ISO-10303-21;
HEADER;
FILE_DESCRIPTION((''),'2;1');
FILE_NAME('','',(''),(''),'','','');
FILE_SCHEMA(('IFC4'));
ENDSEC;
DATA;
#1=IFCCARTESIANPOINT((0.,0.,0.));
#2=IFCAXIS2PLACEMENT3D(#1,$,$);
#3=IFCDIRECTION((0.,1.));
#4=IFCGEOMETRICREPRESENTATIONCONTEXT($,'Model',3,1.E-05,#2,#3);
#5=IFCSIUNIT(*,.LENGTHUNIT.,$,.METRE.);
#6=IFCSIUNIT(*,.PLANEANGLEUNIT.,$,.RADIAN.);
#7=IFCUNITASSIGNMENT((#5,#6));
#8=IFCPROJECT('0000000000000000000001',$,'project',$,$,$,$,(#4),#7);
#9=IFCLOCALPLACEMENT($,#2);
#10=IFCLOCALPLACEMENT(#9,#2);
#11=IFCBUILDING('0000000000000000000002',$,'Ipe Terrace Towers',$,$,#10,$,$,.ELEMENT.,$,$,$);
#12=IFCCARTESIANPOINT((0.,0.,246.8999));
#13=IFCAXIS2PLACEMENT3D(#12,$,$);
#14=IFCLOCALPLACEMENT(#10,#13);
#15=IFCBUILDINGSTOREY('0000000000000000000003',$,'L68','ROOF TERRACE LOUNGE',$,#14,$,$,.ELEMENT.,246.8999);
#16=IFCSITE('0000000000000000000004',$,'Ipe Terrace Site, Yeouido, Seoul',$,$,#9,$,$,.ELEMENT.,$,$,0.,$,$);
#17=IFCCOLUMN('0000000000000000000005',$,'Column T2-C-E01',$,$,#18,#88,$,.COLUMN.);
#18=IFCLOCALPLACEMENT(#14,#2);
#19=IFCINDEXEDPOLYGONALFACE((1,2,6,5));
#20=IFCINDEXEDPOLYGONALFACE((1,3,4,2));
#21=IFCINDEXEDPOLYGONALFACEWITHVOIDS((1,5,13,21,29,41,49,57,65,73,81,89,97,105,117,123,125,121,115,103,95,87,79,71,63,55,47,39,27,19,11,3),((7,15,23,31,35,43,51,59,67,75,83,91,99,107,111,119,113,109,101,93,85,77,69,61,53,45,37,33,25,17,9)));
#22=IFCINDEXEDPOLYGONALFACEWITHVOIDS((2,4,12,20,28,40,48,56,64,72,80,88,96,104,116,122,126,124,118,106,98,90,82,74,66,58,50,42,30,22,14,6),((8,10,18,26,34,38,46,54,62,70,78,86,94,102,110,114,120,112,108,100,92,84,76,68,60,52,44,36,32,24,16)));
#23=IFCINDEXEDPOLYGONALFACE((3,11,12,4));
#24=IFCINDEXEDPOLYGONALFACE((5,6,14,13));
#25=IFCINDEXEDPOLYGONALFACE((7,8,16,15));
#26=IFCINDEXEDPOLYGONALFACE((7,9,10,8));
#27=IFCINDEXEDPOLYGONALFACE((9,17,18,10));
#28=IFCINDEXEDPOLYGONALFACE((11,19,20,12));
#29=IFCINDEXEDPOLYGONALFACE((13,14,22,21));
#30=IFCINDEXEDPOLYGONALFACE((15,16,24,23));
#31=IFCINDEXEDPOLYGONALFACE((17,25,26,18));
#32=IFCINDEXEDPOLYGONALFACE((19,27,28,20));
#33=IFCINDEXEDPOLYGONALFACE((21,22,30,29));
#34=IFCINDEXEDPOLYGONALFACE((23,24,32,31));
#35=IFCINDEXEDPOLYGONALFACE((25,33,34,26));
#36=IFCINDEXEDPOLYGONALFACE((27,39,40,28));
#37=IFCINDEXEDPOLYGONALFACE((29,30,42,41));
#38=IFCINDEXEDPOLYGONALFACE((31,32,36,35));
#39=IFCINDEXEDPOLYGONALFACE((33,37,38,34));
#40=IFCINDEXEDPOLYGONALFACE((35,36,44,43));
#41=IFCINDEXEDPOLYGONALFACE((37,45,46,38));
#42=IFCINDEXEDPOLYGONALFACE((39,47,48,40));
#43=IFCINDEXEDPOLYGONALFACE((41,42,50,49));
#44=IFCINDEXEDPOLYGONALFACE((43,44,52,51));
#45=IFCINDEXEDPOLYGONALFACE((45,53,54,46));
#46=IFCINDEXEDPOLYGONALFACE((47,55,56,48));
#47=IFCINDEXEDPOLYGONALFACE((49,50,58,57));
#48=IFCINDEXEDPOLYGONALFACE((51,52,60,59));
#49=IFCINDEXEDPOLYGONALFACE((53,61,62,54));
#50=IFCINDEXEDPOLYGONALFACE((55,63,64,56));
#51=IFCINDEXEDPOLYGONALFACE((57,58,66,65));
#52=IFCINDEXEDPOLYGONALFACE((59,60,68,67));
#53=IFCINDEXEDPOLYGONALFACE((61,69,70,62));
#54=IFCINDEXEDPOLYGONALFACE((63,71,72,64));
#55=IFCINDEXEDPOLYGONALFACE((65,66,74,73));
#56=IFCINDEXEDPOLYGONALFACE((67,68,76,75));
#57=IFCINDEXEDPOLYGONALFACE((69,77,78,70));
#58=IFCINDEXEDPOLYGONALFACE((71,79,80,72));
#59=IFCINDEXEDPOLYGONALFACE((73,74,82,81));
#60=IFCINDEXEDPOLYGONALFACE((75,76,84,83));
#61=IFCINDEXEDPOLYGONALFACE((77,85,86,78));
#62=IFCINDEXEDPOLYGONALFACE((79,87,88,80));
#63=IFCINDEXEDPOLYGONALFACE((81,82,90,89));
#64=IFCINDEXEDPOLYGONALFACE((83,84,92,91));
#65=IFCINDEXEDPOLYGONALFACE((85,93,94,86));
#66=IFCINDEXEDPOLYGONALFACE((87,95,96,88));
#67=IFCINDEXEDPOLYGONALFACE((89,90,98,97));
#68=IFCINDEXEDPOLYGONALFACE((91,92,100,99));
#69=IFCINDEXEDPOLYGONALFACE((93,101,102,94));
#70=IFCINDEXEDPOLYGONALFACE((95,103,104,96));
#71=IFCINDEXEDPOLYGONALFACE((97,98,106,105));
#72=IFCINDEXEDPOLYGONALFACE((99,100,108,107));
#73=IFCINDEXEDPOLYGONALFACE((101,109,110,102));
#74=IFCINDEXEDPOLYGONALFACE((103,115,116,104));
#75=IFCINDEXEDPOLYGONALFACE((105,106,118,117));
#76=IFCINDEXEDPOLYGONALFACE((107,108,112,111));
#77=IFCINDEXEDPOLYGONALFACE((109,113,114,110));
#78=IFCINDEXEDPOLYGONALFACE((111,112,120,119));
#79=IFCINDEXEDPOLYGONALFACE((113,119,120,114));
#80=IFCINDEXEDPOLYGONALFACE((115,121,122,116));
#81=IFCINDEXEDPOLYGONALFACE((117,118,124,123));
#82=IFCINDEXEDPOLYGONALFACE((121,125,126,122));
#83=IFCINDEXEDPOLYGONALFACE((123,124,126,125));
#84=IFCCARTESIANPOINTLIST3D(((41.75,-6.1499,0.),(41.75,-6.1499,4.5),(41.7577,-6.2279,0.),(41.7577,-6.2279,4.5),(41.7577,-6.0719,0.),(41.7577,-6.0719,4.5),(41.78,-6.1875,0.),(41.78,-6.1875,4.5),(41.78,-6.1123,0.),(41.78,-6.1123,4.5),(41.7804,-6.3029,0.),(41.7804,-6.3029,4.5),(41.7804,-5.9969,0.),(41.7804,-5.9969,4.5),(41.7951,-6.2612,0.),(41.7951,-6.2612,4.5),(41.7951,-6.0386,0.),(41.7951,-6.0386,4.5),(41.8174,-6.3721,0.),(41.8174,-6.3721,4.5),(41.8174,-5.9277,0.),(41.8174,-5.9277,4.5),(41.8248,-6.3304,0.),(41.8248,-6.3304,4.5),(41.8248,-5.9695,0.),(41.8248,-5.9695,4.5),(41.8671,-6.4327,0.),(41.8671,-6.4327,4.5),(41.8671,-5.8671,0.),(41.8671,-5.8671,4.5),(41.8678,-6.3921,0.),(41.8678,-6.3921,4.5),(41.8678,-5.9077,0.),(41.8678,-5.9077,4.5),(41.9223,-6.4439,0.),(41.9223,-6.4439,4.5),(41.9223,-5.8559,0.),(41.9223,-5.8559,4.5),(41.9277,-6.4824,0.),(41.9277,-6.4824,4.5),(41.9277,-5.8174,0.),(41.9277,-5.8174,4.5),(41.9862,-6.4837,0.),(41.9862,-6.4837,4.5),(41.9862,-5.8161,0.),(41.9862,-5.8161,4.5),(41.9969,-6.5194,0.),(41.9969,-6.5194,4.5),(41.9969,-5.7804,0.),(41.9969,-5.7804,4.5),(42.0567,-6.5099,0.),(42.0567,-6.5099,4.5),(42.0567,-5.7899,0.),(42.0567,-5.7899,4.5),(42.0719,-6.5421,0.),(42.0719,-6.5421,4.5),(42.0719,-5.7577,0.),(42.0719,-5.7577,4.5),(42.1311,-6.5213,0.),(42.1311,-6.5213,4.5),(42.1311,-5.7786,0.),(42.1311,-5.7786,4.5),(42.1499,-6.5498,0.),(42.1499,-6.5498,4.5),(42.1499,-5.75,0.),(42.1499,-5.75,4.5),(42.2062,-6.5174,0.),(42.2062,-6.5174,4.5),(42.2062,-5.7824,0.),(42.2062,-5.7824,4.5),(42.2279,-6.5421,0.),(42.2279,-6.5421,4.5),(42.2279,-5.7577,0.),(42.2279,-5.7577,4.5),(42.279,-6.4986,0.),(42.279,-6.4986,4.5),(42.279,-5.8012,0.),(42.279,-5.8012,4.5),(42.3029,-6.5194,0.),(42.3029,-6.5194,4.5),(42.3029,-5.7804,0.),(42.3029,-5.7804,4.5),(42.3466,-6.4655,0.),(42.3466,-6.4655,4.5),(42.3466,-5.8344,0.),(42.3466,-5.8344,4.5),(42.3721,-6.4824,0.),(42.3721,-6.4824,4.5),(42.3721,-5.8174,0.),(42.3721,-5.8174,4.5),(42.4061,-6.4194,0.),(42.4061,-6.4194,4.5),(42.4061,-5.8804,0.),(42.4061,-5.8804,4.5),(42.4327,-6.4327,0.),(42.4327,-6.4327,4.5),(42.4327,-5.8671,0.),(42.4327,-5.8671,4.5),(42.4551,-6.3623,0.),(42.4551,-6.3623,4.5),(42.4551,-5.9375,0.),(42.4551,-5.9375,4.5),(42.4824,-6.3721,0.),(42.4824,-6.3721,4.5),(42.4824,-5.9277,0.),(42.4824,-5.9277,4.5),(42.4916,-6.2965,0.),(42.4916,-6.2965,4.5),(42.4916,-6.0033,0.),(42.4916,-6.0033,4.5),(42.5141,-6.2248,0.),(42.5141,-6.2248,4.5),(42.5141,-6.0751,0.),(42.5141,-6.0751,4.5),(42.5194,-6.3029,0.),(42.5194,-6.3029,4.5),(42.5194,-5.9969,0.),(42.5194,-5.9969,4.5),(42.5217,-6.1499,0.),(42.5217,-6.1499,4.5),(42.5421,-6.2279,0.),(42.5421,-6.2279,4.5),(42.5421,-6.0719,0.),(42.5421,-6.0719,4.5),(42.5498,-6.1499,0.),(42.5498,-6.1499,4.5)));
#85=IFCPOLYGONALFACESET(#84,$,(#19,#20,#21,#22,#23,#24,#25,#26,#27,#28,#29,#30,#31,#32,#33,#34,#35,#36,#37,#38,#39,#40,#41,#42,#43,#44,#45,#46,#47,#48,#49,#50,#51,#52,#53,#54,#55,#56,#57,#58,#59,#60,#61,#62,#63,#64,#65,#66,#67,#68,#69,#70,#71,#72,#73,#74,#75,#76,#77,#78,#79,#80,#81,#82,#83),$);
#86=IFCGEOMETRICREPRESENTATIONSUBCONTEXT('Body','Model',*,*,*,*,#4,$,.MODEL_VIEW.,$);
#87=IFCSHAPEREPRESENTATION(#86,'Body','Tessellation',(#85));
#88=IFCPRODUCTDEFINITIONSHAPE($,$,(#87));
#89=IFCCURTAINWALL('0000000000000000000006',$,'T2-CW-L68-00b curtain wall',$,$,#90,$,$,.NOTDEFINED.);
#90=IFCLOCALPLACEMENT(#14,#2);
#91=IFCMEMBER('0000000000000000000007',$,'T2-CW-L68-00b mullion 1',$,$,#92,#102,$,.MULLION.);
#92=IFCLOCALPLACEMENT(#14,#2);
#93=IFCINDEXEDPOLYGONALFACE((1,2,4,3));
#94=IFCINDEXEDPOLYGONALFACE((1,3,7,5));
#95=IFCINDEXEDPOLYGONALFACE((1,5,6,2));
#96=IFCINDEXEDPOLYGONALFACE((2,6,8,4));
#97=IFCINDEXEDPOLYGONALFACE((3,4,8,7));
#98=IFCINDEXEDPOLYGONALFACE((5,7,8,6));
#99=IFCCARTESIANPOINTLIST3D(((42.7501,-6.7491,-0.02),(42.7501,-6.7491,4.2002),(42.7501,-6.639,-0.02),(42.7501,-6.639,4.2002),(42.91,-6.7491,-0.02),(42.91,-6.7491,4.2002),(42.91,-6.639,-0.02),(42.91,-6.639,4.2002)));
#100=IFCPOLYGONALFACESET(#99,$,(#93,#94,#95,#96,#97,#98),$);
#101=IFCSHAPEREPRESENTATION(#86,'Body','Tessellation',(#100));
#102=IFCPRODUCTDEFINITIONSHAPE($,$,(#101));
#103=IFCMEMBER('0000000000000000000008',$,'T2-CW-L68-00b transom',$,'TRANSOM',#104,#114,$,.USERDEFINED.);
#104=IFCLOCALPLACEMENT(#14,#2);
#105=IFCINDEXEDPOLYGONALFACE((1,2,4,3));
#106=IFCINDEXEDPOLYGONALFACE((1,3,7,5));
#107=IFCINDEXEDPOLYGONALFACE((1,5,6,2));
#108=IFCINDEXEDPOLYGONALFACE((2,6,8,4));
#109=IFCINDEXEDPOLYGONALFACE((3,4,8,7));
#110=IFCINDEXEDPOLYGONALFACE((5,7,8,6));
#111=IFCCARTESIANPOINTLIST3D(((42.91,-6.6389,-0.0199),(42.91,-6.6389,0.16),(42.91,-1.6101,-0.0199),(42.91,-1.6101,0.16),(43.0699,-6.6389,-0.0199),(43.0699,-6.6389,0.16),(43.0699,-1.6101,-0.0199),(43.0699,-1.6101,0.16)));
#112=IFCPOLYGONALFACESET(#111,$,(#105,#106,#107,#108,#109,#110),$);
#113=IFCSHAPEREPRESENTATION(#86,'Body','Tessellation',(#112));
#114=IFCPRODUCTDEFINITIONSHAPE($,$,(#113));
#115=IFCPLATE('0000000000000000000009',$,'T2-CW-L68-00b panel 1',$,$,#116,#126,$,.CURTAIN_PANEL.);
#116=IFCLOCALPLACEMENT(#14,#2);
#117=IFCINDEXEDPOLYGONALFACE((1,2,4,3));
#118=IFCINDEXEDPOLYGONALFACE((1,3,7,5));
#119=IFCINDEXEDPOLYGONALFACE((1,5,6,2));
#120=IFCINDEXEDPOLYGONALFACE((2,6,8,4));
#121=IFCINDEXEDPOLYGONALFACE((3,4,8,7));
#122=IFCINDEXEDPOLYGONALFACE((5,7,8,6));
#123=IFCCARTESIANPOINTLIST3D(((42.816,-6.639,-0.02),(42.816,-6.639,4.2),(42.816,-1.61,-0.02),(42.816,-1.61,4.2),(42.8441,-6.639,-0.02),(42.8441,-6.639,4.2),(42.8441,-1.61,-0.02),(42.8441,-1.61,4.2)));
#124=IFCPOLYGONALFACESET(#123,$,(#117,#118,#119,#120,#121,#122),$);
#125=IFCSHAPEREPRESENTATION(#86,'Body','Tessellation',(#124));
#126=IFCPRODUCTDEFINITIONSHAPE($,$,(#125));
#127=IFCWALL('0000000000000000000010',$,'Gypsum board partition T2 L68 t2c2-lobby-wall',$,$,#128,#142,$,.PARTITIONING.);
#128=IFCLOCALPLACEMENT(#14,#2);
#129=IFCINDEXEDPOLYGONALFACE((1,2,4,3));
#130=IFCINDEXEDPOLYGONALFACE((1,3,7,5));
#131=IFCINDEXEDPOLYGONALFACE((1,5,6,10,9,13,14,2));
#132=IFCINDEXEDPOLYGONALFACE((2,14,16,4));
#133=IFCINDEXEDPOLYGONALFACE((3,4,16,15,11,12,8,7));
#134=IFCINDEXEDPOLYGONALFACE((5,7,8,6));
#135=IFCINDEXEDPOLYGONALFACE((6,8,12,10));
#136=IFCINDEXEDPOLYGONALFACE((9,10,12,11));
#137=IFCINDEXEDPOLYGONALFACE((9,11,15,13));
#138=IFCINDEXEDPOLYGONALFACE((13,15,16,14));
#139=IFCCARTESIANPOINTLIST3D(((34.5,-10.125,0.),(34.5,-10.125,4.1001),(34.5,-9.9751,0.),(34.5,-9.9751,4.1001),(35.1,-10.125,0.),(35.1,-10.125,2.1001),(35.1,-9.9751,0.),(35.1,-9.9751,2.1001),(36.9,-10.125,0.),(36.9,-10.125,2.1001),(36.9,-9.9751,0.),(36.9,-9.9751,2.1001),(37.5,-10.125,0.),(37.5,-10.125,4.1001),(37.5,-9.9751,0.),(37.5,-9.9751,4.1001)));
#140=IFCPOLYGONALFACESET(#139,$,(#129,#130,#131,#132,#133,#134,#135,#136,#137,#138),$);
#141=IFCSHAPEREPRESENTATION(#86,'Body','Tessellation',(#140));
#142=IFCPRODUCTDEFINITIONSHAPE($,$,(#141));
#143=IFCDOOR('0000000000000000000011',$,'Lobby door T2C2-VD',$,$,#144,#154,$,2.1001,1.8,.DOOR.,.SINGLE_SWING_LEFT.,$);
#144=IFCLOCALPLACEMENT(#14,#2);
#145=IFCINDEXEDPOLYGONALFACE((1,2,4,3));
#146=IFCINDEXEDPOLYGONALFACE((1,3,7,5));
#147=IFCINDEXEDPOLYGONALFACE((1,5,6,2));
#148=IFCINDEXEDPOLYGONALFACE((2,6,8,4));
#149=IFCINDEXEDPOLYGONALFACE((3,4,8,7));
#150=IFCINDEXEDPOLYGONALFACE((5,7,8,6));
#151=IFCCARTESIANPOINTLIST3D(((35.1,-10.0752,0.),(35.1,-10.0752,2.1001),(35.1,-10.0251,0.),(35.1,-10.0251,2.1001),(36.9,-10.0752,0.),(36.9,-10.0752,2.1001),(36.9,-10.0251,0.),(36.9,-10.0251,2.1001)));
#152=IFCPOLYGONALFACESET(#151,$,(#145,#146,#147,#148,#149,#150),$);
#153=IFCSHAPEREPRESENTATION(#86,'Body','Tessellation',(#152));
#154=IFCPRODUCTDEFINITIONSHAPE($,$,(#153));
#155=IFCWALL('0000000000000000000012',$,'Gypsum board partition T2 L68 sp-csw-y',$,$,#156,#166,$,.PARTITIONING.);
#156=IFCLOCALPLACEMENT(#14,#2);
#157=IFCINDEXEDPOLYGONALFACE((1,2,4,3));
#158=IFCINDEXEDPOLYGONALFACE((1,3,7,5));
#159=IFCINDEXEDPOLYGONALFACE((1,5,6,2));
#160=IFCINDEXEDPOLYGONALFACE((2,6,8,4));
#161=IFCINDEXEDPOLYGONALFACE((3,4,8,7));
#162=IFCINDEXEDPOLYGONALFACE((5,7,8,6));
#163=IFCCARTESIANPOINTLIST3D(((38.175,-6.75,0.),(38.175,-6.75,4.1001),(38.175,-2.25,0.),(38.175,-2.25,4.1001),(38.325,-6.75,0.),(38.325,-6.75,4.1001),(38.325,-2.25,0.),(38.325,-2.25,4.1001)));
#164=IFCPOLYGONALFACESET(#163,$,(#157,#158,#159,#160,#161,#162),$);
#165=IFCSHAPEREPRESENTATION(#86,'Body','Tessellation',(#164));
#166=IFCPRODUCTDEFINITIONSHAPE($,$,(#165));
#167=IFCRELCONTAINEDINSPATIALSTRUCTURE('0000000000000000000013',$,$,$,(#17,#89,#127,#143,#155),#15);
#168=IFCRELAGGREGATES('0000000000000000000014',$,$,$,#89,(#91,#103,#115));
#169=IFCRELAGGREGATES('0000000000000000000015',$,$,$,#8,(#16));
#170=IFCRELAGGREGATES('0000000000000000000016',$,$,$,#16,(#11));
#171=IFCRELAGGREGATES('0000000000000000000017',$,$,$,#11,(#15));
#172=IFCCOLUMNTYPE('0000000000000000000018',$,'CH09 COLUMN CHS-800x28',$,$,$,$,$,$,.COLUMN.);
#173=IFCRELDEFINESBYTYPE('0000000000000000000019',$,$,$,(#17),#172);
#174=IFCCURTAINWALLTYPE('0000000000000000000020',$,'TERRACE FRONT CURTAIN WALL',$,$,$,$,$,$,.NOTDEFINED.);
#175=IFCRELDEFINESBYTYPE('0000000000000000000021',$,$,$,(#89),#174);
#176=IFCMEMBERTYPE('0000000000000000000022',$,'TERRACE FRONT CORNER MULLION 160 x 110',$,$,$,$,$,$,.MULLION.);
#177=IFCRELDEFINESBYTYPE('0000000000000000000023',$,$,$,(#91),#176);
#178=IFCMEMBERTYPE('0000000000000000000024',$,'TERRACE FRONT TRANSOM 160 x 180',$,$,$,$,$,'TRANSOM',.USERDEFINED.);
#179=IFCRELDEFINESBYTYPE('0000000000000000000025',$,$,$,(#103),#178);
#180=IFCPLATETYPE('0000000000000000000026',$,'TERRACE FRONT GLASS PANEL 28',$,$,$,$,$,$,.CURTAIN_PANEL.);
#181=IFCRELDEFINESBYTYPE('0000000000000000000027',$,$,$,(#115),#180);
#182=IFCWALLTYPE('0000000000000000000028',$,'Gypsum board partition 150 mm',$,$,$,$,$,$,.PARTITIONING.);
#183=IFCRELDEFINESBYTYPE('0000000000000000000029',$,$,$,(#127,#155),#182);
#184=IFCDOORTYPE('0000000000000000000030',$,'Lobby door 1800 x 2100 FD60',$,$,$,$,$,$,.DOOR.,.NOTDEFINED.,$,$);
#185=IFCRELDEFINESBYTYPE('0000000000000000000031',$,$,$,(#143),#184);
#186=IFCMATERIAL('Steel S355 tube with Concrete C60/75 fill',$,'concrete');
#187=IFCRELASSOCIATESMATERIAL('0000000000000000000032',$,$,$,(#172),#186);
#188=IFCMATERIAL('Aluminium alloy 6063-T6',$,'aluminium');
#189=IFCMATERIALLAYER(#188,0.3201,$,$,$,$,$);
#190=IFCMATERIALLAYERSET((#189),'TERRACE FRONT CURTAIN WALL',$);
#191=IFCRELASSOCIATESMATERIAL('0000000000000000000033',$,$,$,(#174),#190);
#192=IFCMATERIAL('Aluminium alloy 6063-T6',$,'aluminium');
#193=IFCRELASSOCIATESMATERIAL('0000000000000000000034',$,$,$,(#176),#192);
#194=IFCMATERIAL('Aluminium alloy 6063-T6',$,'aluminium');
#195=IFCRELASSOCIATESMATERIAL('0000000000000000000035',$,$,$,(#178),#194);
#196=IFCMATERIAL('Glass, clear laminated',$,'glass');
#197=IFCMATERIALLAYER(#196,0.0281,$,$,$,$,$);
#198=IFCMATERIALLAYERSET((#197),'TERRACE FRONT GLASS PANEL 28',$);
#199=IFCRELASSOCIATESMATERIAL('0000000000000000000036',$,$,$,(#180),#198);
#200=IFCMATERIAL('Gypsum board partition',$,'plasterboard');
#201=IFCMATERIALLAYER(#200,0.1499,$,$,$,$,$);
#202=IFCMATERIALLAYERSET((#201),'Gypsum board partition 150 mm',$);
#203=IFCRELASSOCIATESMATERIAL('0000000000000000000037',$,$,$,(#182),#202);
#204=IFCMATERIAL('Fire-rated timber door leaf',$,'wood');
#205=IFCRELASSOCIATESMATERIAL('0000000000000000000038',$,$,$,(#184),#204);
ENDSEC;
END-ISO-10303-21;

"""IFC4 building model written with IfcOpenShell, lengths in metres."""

from ifc_helpers import new_model, si_unit, direction, frame, frame_2d, origin, origin_2d, place, context, subcontext, project, spatial, rectangle, hollow_circle, extrude, material, layer, layer_set, material_profile, profile_set, type_object, element, fill, aggregate, save


model = new_model("IFC4")

# Units and contexts
model_context = context("Model", 3, precision=1e-05, world=origin(), true_north=direction((0.0, 1.0)))
body_context = subcontext(model_context, "Body", "Model", "MODEL_VIEW")
ifc_project = project(units=[si_unit("LENGTHUNIT", "METRE"), si_unit("PLANEANGLEUNIT", "RADIAN")], contexts=[model_context])

# Site, building, storey
site_placement = place(None, origin())
site = spatial("IfcSite", under=ifc_project, at=site_placement, Name="Ipe Terrace Site, Yeouido, Seoul", CompositionType="ELEMENT", RefElevation=0.0)
building_placement = place(site_placement, origin())
building = spatial("IfcBuilding", under=site, at=building_placement, Name="Ipe Terrace Towers", CompositionType="ELEMENT")
storey_placement = place(building_placement, frame((0.0, 0.0, 246.8999)))
storey = spatial("IfcBuildingStorey", under=building, at=storey_placement, Name="L68", Description="ROOF TERRACE LOUNGE", CompositionType="ELEMENT", Elevation=246.8999)

# Column
ifc_material_1 = material(Name="Steel S355 tube with Concrete C60/75 fill", Category="concrete")
ifc_material_profile_1 = material_profile(ifc_material_1, hollow_circle(Radius=0.3999, WallThickness=0.0281, at=origin_2d()), Name="CHS-800x28")
ifc_profile_set_1 = profile_set([ifc_material_profile_1], Name="Steel S355 tube with Concrete C60/75 fill")
column_type = type_object("IfcColumnType", Name="CH09 COLUMN CHS-800x28", PredefinedType="COLUMN", material=ifc_profile_set_1)
column_placement = place(storey_placement, frame((42.1499, -6.1499, 0.0), z_axis=(0.0, 0.0, 1.0), x_axis=(1.0, 0.0, 0.0)))
element("IfcColumn", 1, at=column_placement, inside=storey, type_object=column_type, Name="Column T2-C-E01", PredefinedType="COLUMN", context=body_context, shape_type="SweptSolid", body=[
    extrude(hollow_circle(Radius=0.3999, WallThickness=0.0281, at=origin_2d()), origin(), (0.0, 0.0, 1.0), 4.5),
])

# Curtain wall, members, plate
ifc_material_2 = material(Name="Aluminium alloy 6063-T6", Category="aluminium")
ifc_layer_1 = layer(ifc_material_2, 0.3201)
ifc_layer_set_1 = layer_set([ifc_layer_1], Name="TERRACE FRONT CURTAIN WALL")
curtain_wall_type = type_object("IfcCurtainWallType", Name="TERRACE FRONT CURTAIN WALL", PredefinedType="NOTDEFINED", material=ifc_layer_set_1)
curtain_wall_placement = place(storey_placement, origin())
curtain_wall = element("IfcCurtainWall", 2, at=curtain_wall_placement, inside=storey, type_object=curtain_wall_type, Name="T2-CW-L68-00b curtain wall", PredefinedType="NOTDEFINED")
ifc_material_3 = material(Name="Aluminium alloy 6063-T6", Category="aluminium")
ifc_material_profile_2 = material_profile(ifc_material_3, rectangle(XDim=0.1599, YDim=0.1101, at=origin_2d()), Name="TERRACE FRONT CORNER MULLION 160 x 110")
ifc_profile_set_2 = profile_set([ifc_material_profile_2], Name="Aluminium alloy 6063-T6")
member_type_1 = type_object("IfcMemberType", Name="TERRACE FRONT CORNER MULLION 160 x 110", PredefinedType="MULLION", material=ifc_profile_set_2)
member_1_placement = place(storey_placement, frame((42.8301, -6.6941, -0.02), z_axis=(0.0, 0.0, 1.0), x_axis=(1.0, 0.0, 0.0)))
member_1 = element("IfcMember", 3, at=member_1_placement, type_object=member_type_1, Name="T2-CW-L68-00b mullion 1", PredefinedType="MULLION", context=body_context, shape_type="SweptSolid", body=[
    extrude(rectangle(XDim=0.1599, YDim=0.1101, at=origin_2d()), origin(), (0.0, 0.0, 1.0), 4.2202),
])
ifc_material_4 = material(Name="Aluminium alloy 6063-T6", Category="aluminium")
ifc_material_profile_3 = material_profile(ifc_material_4, rectangle(XDim=0.1599, YDim=0.1799, at=origin_2d()), Name="TERRACE FRONT TRANSOM 160 x 180")
ifc_profile_set_3 = profile_set([ifc_material_profile_3], Name="Aluminium alloy 6063-T6")
member_type_2 = type_object("IfcMemberType", Name="TERRACE FRONT TRANSOM 160 x 180", ElementType="TRANSOM", PredefinedType="USERDEFINED", material=ifc_profile_set_3)
member_2_placement = place(storey_placement, frame((42.99, -6.6389, 0.0701), z_axis=(0.0, 1.0, 0.0), x_axis=(1.0, 0.0, 0.0)))
member_2 = element("IfcMember", 4, at=member_2_placement, type_object=member_type_2, Name="T2-CW-L68-00b transom", ObjectType="TRANSOM", PredefinedType="USERDEFINED", context=body_context, shape_type="SweptSolid", body=[
    extrude(rectangle(XDim=0.1599, YDim=0.1799, at=origin_2d()), origin(), (0.0, 0.0, 1.0), 5.0288),
])
ifc_material_5 = material(Name="Glass, clear laminated", Category="glass")
ifc_layer_2 = layer(ifc_material_5, 0.0281)
ifc_layer_set_2 = layer_set([ifc_layer_2], Name="TERRACE FRONT GLASS PANEL 28")
plate_type = type_object("IfcPlateType", Name="TERRACE FRONT GLASS PANEL 28", PredefinedType="CURTAIN_PANEL", material=ifc_layer_set_2)
plate_placement = place(storey_placement, frame((42.8301, -4.1245, -0.02), z_axis=(0.0, 0.0, 1.0), x_axis=(0.0, 1.0, 0.0)))
plate = element("IfcPlate", 5, at=plate_placement, type_object=plate_type, Name="T2-CW-L68-00b panel 1", PredefinedType="CURTAIN_PANEL", context=body_context, shape_type="SweptSolid", body=[
    extrude(rectangle(XDim=5.0291, YDim=0.0281, at=origin_2d()), origin(), (0.0, 0.0, 1.0), 4.22),
])
aggregate(curtain_wall, [member_1, member_2, plate])

# Wall, opening, door
ifc_material_6 = material(Name="Gypsum board partition", Category="plasterboard")
ifc_layer_3 = layer(ifc_material_6, 0.1499)
ifc_layer_set_3 = layer_set([ifc_layer_3], Name="Gypsum board partition 150 mm")
wall_type_1 = type_object("IfcWallType", Name="Gypsum board partition 150 mm", PredefinedType="PARTITIONING", material=ifc_layer_set_3)
wall_1_placement = place(storey_placement, frame((34.5, -10.05, 0.0), z_axis=(0.0, 0.0, 1.0), x_axis=(1.0, 0.0, 0.0)))
wall_1 = element("IfcWall", 6, at=wall_1_placement, inside=storey, type_object=wall_type_1, Name="Gypsum board partition T2 L68 t2c2-lobby-wall", PredefinedType="PARTITIONING", context=body_context, shape_type="SweptSolid", body=[
    extrude(rectangle(XDim=3.0, YDim=0.1499, at=frame_2d((1.5, 0.0))), origin(), (0.0, 0.0, 1.0), 4.1001),
])
opening_1_placement = place(wall_1_placement, frame((0.6001, 0.0, 0.0)))
opening_1 = element("IfcOpeningElement", 7, at=opening_1_placement, cuts=wall_1, PredefinedType="OPENING", context=body_context, shape_type="SweptSolid", body=[
    extrude(rectangle(XDim=1.8, YDim=2.1001, at=frame_2d((0.8999, 1.05))), frame((0.0, 0.085, 0.0), z_axis=(0.0, -1.0, 0.0), x_axis=(1.0, 0.0, 0.0)), (0.0, 0.0, 1.0), 0.1699),
])
ifc_material_7 = material(Name="Fire-rated timber door leaf", Category="wood")
door_type_1 = type_object("IfcDoorType", Name="Lobby door 1800 x 2100 FD60", OperationType="NOTDEFINED", PredefinedType="DOOR", material=ifc_material_7)
door_1_placement = place(opening_1_placement, origin())
door_1 = element("IfcDoor", 8, at=door_1_placement, inside=storey, type_object=door_type_1, Name="Lobby door T2C2-VD", OperationType="SINGLE_SWING_LEFT", OverallHeight=2.1001, OverallWidth=1.8, PredefinedType="DOOR", context=body_context, shape_type="SweptSolid", body=[
    extrude(rectangle(XDim=1.8, YDim=2.1001, at=frame_2d((0.8999, 1.05))), frame((0.0, 0.0249, 0.0), z_axis=(0.0, -1.0, 0.0), x_axis=(1.0, 0.0, 0.0)), (0.0, 0.0, 1.0), 0.05),
])
fill(opening_1, door_1)

# Wall
wall_2_placement = place(storey_placement, frame((38.25, -6.75, 0.0), z_axis=(0.0, 0.0, 1.0), x_axis=(0.0, 1.0, 0.0)))
element("IfcWall", 9, at=wall_2_placement, inside=storey, type_object=wall_type_1, Name="Gypsum board partition T2 L68 sp-csw-y", PredefinedType="PARTITIONING", context=body_context, shape_type="SweptSolid", body=[
    extrude(rectangle(XDim=4.5, YDim=0.1499, at=frame_2d((2.25, 0.0))), origin(), (0.0, 0.0, 1.0), 4.1001),
])

save(model, "model.ifc")
